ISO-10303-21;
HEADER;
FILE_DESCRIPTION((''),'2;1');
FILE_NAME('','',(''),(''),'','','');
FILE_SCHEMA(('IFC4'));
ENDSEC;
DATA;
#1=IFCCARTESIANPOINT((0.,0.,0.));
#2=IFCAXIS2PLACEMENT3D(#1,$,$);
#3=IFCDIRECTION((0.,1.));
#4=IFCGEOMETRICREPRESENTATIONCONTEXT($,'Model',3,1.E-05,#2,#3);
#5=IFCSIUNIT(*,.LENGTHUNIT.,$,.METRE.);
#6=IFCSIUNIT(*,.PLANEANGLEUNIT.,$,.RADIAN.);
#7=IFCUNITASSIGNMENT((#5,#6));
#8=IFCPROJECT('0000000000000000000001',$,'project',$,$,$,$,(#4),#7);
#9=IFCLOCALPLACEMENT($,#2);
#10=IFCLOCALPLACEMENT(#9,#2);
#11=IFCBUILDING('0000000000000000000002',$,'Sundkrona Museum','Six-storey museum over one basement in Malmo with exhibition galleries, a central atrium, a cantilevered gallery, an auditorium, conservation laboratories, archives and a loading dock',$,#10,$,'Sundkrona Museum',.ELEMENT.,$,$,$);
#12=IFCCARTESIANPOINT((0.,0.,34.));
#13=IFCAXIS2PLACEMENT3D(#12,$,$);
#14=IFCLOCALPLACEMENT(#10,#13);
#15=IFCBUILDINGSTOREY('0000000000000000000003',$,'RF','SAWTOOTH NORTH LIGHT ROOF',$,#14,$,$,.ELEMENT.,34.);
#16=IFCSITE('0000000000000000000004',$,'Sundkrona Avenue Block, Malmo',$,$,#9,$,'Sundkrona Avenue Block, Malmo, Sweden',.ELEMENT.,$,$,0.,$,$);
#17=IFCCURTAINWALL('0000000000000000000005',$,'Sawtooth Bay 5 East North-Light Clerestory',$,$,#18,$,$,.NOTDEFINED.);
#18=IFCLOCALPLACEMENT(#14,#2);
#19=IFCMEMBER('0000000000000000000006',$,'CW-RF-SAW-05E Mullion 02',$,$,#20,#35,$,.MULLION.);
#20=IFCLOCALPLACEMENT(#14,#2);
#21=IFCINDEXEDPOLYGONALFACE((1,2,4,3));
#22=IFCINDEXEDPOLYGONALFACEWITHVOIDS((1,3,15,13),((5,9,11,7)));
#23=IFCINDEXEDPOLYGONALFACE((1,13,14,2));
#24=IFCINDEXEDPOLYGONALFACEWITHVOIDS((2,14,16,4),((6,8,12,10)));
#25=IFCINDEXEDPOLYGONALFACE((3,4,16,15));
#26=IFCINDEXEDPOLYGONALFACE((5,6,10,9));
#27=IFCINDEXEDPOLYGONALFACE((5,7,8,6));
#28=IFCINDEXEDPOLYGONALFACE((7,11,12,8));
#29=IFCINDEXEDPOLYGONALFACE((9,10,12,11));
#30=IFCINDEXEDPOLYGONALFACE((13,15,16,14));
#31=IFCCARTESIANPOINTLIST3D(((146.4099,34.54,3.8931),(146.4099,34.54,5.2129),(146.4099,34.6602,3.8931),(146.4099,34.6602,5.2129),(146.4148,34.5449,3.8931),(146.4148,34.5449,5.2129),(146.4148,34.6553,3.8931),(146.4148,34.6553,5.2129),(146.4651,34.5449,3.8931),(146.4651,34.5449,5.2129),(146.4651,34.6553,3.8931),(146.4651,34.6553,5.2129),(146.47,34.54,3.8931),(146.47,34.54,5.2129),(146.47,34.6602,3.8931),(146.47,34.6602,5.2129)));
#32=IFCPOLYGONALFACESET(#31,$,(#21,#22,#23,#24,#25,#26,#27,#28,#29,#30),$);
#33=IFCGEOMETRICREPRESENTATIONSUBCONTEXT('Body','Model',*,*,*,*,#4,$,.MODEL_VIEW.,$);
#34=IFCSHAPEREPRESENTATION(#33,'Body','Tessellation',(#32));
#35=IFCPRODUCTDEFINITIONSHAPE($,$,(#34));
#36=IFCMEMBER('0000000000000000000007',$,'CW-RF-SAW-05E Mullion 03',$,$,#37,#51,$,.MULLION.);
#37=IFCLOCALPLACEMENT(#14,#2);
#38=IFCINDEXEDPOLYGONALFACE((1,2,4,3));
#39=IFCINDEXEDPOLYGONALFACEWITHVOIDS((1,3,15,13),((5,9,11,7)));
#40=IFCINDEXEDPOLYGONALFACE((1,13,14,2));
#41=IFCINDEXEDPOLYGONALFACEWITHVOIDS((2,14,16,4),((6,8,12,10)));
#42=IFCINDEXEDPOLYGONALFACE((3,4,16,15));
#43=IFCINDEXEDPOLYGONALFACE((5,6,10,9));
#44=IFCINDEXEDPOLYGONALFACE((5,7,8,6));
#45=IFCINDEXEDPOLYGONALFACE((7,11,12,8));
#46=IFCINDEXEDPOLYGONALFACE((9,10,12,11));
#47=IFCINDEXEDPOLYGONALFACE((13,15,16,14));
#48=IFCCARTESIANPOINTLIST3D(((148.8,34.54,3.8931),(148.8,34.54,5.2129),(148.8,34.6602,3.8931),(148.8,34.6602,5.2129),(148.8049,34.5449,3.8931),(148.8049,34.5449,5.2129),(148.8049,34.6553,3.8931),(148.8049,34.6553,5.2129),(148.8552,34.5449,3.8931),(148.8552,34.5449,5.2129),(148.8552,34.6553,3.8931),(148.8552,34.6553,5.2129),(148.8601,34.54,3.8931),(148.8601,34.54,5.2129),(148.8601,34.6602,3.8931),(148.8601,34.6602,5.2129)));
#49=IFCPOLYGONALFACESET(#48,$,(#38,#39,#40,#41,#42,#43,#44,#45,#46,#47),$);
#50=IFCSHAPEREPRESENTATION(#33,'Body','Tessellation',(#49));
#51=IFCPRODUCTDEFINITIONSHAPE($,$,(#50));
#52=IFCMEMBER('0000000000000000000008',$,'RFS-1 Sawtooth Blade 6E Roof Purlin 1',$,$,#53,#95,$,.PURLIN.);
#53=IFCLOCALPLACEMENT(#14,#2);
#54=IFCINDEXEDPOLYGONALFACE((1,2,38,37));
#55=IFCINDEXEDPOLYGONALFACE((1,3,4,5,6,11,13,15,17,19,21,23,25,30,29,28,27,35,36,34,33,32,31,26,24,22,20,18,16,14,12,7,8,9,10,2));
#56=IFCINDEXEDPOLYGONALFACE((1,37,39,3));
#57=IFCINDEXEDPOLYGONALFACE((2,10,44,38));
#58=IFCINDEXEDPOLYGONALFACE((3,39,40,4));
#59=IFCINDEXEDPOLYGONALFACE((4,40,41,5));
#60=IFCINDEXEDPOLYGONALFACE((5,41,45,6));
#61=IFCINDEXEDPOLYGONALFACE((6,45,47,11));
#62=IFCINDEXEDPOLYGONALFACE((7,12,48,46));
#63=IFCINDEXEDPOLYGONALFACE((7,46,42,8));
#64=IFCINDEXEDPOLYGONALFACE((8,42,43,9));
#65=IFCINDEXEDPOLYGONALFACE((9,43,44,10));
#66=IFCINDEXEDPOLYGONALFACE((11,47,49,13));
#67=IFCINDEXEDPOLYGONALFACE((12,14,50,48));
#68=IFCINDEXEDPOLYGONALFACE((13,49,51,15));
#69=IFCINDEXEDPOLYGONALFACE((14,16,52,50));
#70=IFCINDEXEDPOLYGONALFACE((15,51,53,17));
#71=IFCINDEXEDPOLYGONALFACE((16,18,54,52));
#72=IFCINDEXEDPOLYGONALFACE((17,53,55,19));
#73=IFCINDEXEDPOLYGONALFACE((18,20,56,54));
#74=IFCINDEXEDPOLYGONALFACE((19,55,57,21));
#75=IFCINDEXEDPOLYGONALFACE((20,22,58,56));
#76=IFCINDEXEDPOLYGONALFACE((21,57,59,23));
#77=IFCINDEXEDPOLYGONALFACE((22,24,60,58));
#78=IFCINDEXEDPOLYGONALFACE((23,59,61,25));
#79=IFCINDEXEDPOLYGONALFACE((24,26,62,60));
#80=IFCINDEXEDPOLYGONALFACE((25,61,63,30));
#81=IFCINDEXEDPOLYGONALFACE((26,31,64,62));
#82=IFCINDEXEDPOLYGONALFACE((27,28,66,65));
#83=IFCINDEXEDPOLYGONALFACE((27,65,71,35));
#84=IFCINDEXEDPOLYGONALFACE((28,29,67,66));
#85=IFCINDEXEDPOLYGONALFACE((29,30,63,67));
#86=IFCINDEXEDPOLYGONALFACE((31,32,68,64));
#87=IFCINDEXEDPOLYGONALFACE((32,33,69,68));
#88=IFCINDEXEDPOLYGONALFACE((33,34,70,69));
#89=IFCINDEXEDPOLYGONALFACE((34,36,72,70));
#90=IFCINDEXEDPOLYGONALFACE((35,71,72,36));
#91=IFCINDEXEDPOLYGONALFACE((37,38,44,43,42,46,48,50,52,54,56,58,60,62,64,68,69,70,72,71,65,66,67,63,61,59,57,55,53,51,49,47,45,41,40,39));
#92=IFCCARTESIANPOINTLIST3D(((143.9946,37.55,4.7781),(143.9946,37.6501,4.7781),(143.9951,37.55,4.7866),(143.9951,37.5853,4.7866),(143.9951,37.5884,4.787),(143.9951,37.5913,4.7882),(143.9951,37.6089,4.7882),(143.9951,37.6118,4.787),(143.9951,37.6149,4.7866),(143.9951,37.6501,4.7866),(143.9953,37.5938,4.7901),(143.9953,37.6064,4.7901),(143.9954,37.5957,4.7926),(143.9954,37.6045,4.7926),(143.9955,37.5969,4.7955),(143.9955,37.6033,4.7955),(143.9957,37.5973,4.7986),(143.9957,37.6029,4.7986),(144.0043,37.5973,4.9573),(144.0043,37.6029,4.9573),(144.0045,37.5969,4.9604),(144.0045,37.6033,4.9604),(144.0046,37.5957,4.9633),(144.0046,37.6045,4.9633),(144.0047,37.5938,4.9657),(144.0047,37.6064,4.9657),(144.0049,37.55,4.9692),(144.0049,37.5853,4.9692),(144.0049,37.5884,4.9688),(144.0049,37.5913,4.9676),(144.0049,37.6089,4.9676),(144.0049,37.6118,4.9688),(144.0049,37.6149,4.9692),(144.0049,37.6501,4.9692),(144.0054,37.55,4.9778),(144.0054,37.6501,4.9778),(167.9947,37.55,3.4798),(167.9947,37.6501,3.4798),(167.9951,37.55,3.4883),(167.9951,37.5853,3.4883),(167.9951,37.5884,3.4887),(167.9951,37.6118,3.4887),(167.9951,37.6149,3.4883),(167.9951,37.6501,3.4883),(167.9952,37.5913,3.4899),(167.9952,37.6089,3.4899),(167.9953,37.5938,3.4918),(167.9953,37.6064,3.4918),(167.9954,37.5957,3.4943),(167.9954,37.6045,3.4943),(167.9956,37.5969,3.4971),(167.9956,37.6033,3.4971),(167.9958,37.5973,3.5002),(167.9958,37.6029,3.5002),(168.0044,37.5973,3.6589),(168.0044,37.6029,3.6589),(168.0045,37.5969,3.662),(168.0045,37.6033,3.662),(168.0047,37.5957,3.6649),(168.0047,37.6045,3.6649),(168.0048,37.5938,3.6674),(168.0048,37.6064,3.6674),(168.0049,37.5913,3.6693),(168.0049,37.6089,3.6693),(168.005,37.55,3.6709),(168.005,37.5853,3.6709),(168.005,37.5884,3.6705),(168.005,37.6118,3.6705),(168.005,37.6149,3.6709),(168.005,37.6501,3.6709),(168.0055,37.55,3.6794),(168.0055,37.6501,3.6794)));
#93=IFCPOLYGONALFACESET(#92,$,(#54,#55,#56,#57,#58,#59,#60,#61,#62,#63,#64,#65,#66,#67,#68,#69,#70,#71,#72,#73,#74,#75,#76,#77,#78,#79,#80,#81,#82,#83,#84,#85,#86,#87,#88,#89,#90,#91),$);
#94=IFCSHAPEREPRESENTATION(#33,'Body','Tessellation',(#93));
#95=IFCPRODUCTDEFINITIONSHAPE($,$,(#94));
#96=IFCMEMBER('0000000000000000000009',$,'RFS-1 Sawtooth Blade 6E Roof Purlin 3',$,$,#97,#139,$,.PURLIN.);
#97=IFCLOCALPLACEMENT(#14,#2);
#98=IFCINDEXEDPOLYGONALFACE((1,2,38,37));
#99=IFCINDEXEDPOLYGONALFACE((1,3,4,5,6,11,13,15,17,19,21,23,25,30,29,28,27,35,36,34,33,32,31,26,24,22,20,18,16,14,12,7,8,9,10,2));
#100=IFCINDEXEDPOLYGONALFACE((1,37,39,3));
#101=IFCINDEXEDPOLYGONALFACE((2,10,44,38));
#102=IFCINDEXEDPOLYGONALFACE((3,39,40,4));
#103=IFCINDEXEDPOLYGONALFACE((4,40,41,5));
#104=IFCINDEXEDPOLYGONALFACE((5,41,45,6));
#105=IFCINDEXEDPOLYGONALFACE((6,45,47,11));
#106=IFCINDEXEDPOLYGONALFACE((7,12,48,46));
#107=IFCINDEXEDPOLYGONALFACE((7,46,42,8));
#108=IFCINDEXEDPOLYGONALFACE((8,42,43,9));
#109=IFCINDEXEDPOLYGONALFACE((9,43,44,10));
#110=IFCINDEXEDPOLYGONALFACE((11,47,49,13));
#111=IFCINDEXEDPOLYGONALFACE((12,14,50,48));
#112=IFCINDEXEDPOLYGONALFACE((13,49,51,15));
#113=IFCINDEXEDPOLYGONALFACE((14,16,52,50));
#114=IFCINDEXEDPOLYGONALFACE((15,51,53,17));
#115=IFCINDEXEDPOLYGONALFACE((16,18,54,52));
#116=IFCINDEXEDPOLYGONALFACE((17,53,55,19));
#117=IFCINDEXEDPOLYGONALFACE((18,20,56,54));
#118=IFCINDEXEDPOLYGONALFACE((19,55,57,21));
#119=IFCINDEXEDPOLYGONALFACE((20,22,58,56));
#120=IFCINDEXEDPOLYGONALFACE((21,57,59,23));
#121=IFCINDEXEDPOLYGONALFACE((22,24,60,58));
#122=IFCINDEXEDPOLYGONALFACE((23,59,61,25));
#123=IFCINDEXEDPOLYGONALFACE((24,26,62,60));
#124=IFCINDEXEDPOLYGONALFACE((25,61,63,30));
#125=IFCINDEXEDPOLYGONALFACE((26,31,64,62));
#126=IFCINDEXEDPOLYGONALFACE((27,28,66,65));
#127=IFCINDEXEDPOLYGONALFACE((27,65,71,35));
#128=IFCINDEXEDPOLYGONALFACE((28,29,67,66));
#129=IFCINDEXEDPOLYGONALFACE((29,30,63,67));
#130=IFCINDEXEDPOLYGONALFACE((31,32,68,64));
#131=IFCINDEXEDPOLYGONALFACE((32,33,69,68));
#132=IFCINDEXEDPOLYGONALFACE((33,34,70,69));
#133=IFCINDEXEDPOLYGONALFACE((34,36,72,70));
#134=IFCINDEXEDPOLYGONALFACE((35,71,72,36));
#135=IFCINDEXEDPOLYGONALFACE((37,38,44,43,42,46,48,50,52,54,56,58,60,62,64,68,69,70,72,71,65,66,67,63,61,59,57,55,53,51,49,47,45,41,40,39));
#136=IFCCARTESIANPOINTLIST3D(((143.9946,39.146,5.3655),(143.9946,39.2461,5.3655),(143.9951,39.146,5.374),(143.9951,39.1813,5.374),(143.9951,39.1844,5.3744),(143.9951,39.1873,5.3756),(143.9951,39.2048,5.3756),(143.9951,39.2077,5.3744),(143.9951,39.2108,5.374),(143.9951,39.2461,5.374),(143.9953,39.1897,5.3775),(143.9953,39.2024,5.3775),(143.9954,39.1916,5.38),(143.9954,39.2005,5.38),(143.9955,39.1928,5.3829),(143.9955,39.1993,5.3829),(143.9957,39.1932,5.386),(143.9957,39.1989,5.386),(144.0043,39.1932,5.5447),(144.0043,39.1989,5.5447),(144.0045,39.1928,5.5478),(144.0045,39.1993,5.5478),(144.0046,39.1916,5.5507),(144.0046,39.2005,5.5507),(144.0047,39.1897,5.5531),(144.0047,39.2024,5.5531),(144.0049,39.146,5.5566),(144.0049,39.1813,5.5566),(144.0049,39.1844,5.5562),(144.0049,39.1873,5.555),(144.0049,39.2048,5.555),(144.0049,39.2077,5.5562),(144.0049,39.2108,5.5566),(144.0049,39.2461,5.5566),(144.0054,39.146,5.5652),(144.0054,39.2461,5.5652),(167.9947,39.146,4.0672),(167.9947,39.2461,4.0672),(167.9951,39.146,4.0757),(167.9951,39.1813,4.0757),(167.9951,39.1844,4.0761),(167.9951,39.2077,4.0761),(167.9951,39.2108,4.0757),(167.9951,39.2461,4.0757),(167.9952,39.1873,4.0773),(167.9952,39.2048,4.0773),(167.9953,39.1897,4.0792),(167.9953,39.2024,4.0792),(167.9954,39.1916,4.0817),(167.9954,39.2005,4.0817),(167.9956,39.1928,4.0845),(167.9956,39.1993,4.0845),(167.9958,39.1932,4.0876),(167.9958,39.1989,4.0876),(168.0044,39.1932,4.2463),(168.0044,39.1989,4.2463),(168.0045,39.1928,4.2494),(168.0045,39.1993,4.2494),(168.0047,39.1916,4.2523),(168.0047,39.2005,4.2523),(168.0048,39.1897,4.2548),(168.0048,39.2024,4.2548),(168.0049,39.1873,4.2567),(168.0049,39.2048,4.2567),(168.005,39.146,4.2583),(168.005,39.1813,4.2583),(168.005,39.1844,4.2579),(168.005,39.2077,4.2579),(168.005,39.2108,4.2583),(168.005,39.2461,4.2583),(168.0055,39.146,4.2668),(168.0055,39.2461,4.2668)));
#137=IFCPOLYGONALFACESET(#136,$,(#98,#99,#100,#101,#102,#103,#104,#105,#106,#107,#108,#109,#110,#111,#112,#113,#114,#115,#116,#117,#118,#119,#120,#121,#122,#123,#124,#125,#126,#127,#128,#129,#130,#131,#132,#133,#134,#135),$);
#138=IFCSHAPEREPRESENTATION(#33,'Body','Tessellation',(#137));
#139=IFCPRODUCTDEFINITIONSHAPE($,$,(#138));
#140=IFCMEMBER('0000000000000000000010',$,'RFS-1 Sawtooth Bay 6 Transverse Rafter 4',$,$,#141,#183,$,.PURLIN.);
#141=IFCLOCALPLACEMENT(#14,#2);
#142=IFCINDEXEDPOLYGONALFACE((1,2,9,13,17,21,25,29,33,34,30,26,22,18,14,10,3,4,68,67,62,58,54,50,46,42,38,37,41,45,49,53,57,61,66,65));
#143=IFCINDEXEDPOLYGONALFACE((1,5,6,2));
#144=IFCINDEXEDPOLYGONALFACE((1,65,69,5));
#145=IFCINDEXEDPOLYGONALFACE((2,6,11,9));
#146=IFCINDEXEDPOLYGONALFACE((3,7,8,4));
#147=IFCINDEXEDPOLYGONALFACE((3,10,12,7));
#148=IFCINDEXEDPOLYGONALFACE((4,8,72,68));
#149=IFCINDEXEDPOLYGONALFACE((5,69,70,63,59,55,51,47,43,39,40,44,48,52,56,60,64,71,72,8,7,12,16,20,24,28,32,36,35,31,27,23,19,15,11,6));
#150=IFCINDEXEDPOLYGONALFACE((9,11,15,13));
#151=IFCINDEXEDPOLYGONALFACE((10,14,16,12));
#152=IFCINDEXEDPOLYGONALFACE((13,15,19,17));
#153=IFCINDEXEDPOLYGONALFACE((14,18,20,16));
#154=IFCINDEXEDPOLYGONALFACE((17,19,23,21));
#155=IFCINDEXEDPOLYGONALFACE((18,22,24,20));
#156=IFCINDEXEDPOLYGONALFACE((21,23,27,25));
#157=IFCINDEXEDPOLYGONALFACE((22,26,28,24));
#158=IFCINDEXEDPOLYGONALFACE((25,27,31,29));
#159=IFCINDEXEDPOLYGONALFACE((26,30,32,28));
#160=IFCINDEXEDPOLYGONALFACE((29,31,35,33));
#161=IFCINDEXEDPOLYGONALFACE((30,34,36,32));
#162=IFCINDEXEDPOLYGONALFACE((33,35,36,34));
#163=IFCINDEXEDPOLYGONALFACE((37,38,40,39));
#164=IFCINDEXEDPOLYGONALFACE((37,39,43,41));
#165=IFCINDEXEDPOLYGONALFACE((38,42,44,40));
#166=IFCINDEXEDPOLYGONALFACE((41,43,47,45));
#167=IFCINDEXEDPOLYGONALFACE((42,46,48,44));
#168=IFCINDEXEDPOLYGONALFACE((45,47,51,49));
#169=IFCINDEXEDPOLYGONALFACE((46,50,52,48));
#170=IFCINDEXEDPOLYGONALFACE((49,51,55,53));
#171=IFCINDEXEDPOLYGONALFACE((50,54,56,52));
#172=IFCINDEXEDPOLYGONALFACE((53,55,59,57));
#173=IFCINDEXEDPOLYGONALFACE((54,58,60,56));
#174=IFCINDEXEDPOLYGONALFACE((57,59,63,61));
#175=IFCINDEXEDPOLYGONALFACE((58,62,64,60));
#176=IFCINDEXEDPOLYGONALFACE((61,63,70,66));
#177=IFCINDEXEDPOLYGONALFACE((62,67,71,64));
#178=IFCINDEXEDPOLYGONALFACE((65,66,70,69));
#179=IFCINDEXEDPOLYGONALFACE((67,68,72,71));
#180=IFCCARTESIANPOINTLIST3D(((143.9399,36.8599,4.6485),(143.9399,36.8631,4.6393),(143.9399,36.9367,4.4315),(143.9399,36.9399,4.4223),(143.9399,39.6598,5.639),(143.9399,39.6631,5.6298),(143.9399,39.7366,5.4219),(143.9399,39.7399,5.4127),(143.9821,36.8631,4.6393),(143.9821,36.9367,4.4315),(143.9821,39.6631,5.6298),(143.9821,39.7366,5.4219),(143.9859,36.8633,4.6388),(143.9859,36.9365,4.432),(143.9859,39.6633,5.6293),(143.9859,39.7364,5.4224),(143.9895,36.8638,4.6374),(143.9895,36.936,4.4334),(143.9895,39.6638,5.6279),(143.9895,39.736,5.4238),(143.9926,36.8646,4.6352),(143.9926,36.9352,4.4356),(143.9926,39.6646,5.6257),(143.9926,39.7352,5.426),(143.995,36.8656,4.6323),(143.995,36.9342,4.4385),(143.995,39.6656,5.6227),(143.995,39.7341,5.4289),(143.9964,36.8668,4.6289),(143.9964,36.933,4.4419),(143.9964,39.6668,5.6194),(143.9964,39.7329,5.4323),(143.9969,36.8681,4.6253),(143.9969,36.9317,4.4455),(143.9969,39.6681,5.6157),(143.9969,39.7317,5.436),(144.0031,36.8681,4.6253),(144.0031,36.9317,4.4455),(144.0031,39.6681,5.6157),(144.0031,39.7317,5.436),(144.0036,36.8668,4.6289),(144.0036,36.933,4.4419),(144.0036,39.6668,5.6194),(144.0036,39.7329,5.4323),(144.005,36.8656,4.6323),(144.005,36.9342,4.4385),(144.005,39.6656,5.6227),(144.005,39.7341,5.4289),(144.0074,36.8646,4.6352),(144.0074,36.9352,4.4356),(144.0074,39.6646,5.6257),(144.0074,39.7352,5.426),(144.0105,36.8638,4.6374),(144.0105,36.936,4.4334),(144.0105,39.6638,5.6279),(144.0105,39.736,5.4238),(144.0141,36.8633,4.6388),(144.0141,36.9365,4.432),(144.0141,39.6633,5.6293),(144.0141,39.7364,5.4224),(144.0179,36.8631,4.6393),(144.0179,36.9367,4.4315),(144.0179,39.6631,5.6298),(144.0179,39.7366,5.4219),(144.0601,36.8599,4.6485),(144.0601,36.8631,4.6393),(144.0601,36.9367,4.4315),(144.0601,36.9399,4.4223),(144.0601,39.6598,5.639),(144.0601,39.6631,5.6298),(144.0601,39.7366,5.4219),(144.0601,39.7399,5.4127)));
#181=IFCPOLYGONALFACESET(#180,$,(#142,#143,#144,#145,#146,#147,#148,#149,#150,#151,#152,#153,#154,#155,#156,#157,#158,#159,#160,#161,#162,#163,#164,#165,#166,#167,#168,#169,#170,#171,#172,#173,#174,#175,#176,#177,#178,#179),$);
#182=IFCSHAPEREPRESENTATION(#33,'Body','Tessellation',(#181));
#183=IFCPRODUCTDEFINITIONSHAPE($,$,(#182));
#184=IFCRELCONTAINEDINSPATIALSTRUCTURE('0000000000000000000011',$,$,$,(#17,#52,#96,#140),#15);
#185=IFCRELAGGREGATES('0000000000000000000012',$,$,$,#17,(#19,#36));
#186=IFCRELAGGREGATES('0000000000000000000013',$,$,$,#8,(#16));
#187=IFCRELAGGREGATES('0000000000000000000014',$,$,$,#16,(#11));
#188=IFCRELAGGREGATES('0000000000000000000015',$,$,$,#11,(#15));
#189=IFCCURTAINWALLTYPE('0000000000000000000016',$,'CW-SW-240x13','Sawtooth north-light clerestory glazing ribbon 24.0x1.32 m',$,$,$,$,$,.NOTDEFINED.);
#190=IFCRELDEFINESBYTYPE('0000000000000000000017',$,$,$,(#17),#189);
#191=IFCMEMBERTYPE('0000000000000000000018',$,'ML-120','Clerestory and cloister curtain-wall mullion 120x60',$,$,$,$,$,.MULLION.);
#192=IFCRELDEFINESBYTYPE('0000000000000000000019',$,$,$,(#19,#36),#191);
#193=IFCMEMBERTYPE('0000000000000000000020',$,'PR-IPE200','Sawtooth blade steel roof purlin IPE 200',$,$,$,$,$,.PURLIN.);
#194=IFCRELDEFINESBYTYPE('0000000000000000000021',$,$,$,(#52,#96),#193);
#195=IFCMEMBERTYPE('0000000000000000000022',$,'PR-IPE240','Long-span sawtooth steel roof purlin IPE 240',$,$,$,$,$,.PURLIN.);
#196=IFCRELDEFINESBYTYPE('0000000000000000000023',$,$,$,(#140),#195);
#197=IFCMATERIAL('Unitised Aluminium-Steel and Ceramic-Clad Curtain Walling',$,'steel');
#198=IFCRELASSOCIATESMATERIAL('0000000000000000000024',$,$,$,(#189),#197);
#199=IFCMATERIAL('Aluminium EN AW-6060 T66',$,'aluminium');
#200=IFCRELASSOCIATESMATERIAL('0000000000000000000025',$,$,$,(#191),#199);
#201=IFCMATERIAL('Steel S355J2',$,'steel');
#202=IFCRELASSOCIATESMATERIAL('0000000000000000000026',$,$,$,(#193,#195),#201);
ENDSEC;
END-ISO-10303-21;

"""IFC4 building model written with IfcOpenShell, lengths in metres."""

from ifc_helpers import new_model, si_unit, direction, frame, origin, origin_2d, place, context, subcontext, project, spatial, hollow_rectangle, i_section, extrude, material, material_profile, profile_set, type_object, element, aggregate, save


model = new_model("IFC4")

# Units and contexts
model_context = context("Model", 3, precision=1e-05, world=origin(), true_north=direction((0.0, 1.0)))
body_context = subcontext(model_context, "Body", "Model", "MODEL_VIEW")
ifc_project = project(units=[si_unit("LENGTHUNIT", "METRE"), si_unit("PLANEANGLEUNIT", "RADIAN")], contexts=[model_context])

# Site, building, storey
site_placement = place(None, origin())
site = spatial("IfcSite", under=ifc_project, at=site_placement, Name="Sundkrona Avenue Block, Malmo", LongName="Sundkrona Avenue Block, Malmo, Sweden", CompositionType="ELEMENT", RefElevation=0.0)
building_placement = place(site_placement, origin())
building = spatial("IfcBuilding", under=site, at=building_placement, Name="Sundkrona Museum", Description="Six-storey museum over one basement in Malmo with exhibition galleries, a central atrium, a cantilevered gallery, an auditorium, conservation laboratories, archives and a loading dock", LongName="Sundkrona Museum", CompositionType="ELEMENT")
storey_placement = place(building_placement, frame((0.0, 0.0, 34.0)))
storey = spatial("IfcBuildingStorey", under=building, at=storey_placement, Name="RF", Description="SAWTOOTH NORTH LIGHT ROOF", CompositionType="ELEMENT", Elevation=34.0)

# Curtain wall, members
ifc_material_1 = material(Name="Unitised Aluminium-Steel and Ceramic-Clad Curtain Walling", Category="steel")
curtain_wall_type = type_object("IfcCurtainWallType", Name="CW-SW-240x13", Description="Sawtooth north-light clerestory glazing ribbon 24.0x1.32 m", PredefinedType="NOTDEFINED", material=ifc_material_1)
curtain_wall_placement = place(storey_placement, origin())
curtain_wall = element("IfcCurtainWall", 1, at=curtain_wall_placement, inside=storey, type_object=curtain_wall_type, Name="Sawtooth Bay 5 East North-Light Clerestory", PredefinedType="NOTDEFINED")
ifc_material_2 = material(Name="Aluminium EN AW-6060 T66", Category="aluminium")
ifc_material_profile_1 = material_profile(ifc_material_2, hollow_rectangle(XDim=0.0601, YDim=0.1201, WallThickness=0.0049, at=origin_2d()), Name="RHS 120x60x5.0")
ifc_profile_set_1 = profile_set([ifc_material_profile_1], Name="Aluminium EN AW-6060 T66")
member_type_1 = type_object("IfcMemberType", Name="ML-120", Description="Clerestory and cloister curtain-wall mullion 120x60", PredefinedType="MULLION", material=ifc_profile_set_1)
member_1_placement = place(storey_placement, frame((146.4399, 34.6001, 3.8931), z_axis=(0.0, 0.0, 1.0), x_axis=(1.0, 0.0, 0.0)))
member_1 = element("IfcMember", 2, at=member_1_placement, type_object=member_type_1, Name="CW-RF-SAW-05E Mullion 02", PredefinedType="MULLION", context=body_context, shape_type="SweptSolid", body=[
    extrude(hollow_rectangle(XDim=0.0601, YDim=0.1201, WallThickness=0.0049, at=origin_2d()), origin(), (0.0, 0.0, 1.0), 1.3198),
])
member_2_placement = place(storey_placement, frame((148.8301, 34.6001, 3.8931), z_axis=(0.0, 0.0, 1.0), x_axis=(1.0, 0.0, 0.0)))
member_2 = element("IfcMember", 3, at=member_2_placement, type_object=member_type_1, Name="CW-RF-SAW-05E Mullion 03", PredefinedType="MULLION", context=body_context, shape_type="SweptSolid", body=[
    extrude(hollow_rectangle(XDim=0.0601, YDim=0.1201, WallThickness=0.0049, at=origin_2d()), origin(), (0.0, 0.0, 1.0), 1.3198),
])

# Members
ifc_material_3 = material(Name="Steel S355J2", Category="steel")
ifc_material_profile_2 = material_profile(ifc_material_3, i_section(OverallWidth=0.1001, OverallDepth=0.2, WebThickness=0.0056, FlangeThickness=0.0085, FilletRadius=0.012, at=origin_2d()), Name="IPE 200")
ifc_profile_set_2 = profile_set([ifc_material_profile_2], Name="Steel S355J2")
member_type_2 = type_object("IfcMemberType", Name="PR-IPE200", Description="Sawtooth blade steel roof purlin IPE 200", PredefinedType="PURLIN", material=ifc_profile_set_2)
for number, where, z_axis, x_axis, name in (
    (4, (144.0, 37.6001, 4.8779), (0.99854, 0.0, -0.054019), (0.0, 1.0, 0.0), "RFS-1 Sawtooth Blade 6E Roof Purlin 1"),
    (5, (144.0, 39.196, 5.4653), (0.99854, 0.0, -0.054019), (0.0, 1.0, 0.0), "RFS-1 Sawtooth Blade 6E Roof Purlin 3"),
):
    element("IfcMember", number, at=place(storey_placement, frame(where, z_axis=z_axis, x_axis=x_axis)), inside=storey, type_object=member_type_2, Name=name, PredefinedType="PURLIN", context=body_context, shape_type="SweptSolid", body=[
        extrude(i_section(OverallWidth=0.1001, OverallDepth=0.2, WebThickness=0.0056, FlangeThickness=0.0085, FilletRadius=0.012, at=origin_2d()), origin(), (0.0, 0.0, 1.0), 24.0352),
    ])
ifc_material_profile_3 = material_profile(ifc_material_3, i_section(OverallWidth=0.1201, OverallDepth=0.24, WebThickness=0.0061, FlangeThickness=0.0098, FilletRadius=0.0149, at=origin_2d()), Name="IPE 240")
ifc_profile_set_3 = profile_set([ifc_material_profile_3], Name="Steel S355J2")
member_type_3 = type_object("IfcMemberType", Name="PR-IPE240", Description="Long-span sawtooth steel roof purlin IPE 240", PredefinedType="PURLIN", material=ifc_profile_set_3)
member_3_placement = place(storey_placement, frame((144.0, 36.8999, 4.5354), z_axis=(0.0, 0.942755, 0.333486), x_axis=(-1.0, 0.0, 0.0)))
element("IfcMember", 6, at=member_3_placement, inside=storey, type_object=member_type_3, Name="RFS-1 Sawtooth Bay 6 Transverse Rafter 4", PredefinedType="PURLIN", context=body_context, shape_type="SweptSolid", body=[
    extrude(i_section(OverallWidth=0.1201, OverallDepth=0.24, WebThickness=0.0061, FlangeThickness=0.0098, FilletRadius=0.0149, at=origin_2d()), origin(), (0.0, 0.0, 1.0), 2.97),
])

aggregate(curtain_wall, [member_1, member_2])

save(model, "model.ifc")
